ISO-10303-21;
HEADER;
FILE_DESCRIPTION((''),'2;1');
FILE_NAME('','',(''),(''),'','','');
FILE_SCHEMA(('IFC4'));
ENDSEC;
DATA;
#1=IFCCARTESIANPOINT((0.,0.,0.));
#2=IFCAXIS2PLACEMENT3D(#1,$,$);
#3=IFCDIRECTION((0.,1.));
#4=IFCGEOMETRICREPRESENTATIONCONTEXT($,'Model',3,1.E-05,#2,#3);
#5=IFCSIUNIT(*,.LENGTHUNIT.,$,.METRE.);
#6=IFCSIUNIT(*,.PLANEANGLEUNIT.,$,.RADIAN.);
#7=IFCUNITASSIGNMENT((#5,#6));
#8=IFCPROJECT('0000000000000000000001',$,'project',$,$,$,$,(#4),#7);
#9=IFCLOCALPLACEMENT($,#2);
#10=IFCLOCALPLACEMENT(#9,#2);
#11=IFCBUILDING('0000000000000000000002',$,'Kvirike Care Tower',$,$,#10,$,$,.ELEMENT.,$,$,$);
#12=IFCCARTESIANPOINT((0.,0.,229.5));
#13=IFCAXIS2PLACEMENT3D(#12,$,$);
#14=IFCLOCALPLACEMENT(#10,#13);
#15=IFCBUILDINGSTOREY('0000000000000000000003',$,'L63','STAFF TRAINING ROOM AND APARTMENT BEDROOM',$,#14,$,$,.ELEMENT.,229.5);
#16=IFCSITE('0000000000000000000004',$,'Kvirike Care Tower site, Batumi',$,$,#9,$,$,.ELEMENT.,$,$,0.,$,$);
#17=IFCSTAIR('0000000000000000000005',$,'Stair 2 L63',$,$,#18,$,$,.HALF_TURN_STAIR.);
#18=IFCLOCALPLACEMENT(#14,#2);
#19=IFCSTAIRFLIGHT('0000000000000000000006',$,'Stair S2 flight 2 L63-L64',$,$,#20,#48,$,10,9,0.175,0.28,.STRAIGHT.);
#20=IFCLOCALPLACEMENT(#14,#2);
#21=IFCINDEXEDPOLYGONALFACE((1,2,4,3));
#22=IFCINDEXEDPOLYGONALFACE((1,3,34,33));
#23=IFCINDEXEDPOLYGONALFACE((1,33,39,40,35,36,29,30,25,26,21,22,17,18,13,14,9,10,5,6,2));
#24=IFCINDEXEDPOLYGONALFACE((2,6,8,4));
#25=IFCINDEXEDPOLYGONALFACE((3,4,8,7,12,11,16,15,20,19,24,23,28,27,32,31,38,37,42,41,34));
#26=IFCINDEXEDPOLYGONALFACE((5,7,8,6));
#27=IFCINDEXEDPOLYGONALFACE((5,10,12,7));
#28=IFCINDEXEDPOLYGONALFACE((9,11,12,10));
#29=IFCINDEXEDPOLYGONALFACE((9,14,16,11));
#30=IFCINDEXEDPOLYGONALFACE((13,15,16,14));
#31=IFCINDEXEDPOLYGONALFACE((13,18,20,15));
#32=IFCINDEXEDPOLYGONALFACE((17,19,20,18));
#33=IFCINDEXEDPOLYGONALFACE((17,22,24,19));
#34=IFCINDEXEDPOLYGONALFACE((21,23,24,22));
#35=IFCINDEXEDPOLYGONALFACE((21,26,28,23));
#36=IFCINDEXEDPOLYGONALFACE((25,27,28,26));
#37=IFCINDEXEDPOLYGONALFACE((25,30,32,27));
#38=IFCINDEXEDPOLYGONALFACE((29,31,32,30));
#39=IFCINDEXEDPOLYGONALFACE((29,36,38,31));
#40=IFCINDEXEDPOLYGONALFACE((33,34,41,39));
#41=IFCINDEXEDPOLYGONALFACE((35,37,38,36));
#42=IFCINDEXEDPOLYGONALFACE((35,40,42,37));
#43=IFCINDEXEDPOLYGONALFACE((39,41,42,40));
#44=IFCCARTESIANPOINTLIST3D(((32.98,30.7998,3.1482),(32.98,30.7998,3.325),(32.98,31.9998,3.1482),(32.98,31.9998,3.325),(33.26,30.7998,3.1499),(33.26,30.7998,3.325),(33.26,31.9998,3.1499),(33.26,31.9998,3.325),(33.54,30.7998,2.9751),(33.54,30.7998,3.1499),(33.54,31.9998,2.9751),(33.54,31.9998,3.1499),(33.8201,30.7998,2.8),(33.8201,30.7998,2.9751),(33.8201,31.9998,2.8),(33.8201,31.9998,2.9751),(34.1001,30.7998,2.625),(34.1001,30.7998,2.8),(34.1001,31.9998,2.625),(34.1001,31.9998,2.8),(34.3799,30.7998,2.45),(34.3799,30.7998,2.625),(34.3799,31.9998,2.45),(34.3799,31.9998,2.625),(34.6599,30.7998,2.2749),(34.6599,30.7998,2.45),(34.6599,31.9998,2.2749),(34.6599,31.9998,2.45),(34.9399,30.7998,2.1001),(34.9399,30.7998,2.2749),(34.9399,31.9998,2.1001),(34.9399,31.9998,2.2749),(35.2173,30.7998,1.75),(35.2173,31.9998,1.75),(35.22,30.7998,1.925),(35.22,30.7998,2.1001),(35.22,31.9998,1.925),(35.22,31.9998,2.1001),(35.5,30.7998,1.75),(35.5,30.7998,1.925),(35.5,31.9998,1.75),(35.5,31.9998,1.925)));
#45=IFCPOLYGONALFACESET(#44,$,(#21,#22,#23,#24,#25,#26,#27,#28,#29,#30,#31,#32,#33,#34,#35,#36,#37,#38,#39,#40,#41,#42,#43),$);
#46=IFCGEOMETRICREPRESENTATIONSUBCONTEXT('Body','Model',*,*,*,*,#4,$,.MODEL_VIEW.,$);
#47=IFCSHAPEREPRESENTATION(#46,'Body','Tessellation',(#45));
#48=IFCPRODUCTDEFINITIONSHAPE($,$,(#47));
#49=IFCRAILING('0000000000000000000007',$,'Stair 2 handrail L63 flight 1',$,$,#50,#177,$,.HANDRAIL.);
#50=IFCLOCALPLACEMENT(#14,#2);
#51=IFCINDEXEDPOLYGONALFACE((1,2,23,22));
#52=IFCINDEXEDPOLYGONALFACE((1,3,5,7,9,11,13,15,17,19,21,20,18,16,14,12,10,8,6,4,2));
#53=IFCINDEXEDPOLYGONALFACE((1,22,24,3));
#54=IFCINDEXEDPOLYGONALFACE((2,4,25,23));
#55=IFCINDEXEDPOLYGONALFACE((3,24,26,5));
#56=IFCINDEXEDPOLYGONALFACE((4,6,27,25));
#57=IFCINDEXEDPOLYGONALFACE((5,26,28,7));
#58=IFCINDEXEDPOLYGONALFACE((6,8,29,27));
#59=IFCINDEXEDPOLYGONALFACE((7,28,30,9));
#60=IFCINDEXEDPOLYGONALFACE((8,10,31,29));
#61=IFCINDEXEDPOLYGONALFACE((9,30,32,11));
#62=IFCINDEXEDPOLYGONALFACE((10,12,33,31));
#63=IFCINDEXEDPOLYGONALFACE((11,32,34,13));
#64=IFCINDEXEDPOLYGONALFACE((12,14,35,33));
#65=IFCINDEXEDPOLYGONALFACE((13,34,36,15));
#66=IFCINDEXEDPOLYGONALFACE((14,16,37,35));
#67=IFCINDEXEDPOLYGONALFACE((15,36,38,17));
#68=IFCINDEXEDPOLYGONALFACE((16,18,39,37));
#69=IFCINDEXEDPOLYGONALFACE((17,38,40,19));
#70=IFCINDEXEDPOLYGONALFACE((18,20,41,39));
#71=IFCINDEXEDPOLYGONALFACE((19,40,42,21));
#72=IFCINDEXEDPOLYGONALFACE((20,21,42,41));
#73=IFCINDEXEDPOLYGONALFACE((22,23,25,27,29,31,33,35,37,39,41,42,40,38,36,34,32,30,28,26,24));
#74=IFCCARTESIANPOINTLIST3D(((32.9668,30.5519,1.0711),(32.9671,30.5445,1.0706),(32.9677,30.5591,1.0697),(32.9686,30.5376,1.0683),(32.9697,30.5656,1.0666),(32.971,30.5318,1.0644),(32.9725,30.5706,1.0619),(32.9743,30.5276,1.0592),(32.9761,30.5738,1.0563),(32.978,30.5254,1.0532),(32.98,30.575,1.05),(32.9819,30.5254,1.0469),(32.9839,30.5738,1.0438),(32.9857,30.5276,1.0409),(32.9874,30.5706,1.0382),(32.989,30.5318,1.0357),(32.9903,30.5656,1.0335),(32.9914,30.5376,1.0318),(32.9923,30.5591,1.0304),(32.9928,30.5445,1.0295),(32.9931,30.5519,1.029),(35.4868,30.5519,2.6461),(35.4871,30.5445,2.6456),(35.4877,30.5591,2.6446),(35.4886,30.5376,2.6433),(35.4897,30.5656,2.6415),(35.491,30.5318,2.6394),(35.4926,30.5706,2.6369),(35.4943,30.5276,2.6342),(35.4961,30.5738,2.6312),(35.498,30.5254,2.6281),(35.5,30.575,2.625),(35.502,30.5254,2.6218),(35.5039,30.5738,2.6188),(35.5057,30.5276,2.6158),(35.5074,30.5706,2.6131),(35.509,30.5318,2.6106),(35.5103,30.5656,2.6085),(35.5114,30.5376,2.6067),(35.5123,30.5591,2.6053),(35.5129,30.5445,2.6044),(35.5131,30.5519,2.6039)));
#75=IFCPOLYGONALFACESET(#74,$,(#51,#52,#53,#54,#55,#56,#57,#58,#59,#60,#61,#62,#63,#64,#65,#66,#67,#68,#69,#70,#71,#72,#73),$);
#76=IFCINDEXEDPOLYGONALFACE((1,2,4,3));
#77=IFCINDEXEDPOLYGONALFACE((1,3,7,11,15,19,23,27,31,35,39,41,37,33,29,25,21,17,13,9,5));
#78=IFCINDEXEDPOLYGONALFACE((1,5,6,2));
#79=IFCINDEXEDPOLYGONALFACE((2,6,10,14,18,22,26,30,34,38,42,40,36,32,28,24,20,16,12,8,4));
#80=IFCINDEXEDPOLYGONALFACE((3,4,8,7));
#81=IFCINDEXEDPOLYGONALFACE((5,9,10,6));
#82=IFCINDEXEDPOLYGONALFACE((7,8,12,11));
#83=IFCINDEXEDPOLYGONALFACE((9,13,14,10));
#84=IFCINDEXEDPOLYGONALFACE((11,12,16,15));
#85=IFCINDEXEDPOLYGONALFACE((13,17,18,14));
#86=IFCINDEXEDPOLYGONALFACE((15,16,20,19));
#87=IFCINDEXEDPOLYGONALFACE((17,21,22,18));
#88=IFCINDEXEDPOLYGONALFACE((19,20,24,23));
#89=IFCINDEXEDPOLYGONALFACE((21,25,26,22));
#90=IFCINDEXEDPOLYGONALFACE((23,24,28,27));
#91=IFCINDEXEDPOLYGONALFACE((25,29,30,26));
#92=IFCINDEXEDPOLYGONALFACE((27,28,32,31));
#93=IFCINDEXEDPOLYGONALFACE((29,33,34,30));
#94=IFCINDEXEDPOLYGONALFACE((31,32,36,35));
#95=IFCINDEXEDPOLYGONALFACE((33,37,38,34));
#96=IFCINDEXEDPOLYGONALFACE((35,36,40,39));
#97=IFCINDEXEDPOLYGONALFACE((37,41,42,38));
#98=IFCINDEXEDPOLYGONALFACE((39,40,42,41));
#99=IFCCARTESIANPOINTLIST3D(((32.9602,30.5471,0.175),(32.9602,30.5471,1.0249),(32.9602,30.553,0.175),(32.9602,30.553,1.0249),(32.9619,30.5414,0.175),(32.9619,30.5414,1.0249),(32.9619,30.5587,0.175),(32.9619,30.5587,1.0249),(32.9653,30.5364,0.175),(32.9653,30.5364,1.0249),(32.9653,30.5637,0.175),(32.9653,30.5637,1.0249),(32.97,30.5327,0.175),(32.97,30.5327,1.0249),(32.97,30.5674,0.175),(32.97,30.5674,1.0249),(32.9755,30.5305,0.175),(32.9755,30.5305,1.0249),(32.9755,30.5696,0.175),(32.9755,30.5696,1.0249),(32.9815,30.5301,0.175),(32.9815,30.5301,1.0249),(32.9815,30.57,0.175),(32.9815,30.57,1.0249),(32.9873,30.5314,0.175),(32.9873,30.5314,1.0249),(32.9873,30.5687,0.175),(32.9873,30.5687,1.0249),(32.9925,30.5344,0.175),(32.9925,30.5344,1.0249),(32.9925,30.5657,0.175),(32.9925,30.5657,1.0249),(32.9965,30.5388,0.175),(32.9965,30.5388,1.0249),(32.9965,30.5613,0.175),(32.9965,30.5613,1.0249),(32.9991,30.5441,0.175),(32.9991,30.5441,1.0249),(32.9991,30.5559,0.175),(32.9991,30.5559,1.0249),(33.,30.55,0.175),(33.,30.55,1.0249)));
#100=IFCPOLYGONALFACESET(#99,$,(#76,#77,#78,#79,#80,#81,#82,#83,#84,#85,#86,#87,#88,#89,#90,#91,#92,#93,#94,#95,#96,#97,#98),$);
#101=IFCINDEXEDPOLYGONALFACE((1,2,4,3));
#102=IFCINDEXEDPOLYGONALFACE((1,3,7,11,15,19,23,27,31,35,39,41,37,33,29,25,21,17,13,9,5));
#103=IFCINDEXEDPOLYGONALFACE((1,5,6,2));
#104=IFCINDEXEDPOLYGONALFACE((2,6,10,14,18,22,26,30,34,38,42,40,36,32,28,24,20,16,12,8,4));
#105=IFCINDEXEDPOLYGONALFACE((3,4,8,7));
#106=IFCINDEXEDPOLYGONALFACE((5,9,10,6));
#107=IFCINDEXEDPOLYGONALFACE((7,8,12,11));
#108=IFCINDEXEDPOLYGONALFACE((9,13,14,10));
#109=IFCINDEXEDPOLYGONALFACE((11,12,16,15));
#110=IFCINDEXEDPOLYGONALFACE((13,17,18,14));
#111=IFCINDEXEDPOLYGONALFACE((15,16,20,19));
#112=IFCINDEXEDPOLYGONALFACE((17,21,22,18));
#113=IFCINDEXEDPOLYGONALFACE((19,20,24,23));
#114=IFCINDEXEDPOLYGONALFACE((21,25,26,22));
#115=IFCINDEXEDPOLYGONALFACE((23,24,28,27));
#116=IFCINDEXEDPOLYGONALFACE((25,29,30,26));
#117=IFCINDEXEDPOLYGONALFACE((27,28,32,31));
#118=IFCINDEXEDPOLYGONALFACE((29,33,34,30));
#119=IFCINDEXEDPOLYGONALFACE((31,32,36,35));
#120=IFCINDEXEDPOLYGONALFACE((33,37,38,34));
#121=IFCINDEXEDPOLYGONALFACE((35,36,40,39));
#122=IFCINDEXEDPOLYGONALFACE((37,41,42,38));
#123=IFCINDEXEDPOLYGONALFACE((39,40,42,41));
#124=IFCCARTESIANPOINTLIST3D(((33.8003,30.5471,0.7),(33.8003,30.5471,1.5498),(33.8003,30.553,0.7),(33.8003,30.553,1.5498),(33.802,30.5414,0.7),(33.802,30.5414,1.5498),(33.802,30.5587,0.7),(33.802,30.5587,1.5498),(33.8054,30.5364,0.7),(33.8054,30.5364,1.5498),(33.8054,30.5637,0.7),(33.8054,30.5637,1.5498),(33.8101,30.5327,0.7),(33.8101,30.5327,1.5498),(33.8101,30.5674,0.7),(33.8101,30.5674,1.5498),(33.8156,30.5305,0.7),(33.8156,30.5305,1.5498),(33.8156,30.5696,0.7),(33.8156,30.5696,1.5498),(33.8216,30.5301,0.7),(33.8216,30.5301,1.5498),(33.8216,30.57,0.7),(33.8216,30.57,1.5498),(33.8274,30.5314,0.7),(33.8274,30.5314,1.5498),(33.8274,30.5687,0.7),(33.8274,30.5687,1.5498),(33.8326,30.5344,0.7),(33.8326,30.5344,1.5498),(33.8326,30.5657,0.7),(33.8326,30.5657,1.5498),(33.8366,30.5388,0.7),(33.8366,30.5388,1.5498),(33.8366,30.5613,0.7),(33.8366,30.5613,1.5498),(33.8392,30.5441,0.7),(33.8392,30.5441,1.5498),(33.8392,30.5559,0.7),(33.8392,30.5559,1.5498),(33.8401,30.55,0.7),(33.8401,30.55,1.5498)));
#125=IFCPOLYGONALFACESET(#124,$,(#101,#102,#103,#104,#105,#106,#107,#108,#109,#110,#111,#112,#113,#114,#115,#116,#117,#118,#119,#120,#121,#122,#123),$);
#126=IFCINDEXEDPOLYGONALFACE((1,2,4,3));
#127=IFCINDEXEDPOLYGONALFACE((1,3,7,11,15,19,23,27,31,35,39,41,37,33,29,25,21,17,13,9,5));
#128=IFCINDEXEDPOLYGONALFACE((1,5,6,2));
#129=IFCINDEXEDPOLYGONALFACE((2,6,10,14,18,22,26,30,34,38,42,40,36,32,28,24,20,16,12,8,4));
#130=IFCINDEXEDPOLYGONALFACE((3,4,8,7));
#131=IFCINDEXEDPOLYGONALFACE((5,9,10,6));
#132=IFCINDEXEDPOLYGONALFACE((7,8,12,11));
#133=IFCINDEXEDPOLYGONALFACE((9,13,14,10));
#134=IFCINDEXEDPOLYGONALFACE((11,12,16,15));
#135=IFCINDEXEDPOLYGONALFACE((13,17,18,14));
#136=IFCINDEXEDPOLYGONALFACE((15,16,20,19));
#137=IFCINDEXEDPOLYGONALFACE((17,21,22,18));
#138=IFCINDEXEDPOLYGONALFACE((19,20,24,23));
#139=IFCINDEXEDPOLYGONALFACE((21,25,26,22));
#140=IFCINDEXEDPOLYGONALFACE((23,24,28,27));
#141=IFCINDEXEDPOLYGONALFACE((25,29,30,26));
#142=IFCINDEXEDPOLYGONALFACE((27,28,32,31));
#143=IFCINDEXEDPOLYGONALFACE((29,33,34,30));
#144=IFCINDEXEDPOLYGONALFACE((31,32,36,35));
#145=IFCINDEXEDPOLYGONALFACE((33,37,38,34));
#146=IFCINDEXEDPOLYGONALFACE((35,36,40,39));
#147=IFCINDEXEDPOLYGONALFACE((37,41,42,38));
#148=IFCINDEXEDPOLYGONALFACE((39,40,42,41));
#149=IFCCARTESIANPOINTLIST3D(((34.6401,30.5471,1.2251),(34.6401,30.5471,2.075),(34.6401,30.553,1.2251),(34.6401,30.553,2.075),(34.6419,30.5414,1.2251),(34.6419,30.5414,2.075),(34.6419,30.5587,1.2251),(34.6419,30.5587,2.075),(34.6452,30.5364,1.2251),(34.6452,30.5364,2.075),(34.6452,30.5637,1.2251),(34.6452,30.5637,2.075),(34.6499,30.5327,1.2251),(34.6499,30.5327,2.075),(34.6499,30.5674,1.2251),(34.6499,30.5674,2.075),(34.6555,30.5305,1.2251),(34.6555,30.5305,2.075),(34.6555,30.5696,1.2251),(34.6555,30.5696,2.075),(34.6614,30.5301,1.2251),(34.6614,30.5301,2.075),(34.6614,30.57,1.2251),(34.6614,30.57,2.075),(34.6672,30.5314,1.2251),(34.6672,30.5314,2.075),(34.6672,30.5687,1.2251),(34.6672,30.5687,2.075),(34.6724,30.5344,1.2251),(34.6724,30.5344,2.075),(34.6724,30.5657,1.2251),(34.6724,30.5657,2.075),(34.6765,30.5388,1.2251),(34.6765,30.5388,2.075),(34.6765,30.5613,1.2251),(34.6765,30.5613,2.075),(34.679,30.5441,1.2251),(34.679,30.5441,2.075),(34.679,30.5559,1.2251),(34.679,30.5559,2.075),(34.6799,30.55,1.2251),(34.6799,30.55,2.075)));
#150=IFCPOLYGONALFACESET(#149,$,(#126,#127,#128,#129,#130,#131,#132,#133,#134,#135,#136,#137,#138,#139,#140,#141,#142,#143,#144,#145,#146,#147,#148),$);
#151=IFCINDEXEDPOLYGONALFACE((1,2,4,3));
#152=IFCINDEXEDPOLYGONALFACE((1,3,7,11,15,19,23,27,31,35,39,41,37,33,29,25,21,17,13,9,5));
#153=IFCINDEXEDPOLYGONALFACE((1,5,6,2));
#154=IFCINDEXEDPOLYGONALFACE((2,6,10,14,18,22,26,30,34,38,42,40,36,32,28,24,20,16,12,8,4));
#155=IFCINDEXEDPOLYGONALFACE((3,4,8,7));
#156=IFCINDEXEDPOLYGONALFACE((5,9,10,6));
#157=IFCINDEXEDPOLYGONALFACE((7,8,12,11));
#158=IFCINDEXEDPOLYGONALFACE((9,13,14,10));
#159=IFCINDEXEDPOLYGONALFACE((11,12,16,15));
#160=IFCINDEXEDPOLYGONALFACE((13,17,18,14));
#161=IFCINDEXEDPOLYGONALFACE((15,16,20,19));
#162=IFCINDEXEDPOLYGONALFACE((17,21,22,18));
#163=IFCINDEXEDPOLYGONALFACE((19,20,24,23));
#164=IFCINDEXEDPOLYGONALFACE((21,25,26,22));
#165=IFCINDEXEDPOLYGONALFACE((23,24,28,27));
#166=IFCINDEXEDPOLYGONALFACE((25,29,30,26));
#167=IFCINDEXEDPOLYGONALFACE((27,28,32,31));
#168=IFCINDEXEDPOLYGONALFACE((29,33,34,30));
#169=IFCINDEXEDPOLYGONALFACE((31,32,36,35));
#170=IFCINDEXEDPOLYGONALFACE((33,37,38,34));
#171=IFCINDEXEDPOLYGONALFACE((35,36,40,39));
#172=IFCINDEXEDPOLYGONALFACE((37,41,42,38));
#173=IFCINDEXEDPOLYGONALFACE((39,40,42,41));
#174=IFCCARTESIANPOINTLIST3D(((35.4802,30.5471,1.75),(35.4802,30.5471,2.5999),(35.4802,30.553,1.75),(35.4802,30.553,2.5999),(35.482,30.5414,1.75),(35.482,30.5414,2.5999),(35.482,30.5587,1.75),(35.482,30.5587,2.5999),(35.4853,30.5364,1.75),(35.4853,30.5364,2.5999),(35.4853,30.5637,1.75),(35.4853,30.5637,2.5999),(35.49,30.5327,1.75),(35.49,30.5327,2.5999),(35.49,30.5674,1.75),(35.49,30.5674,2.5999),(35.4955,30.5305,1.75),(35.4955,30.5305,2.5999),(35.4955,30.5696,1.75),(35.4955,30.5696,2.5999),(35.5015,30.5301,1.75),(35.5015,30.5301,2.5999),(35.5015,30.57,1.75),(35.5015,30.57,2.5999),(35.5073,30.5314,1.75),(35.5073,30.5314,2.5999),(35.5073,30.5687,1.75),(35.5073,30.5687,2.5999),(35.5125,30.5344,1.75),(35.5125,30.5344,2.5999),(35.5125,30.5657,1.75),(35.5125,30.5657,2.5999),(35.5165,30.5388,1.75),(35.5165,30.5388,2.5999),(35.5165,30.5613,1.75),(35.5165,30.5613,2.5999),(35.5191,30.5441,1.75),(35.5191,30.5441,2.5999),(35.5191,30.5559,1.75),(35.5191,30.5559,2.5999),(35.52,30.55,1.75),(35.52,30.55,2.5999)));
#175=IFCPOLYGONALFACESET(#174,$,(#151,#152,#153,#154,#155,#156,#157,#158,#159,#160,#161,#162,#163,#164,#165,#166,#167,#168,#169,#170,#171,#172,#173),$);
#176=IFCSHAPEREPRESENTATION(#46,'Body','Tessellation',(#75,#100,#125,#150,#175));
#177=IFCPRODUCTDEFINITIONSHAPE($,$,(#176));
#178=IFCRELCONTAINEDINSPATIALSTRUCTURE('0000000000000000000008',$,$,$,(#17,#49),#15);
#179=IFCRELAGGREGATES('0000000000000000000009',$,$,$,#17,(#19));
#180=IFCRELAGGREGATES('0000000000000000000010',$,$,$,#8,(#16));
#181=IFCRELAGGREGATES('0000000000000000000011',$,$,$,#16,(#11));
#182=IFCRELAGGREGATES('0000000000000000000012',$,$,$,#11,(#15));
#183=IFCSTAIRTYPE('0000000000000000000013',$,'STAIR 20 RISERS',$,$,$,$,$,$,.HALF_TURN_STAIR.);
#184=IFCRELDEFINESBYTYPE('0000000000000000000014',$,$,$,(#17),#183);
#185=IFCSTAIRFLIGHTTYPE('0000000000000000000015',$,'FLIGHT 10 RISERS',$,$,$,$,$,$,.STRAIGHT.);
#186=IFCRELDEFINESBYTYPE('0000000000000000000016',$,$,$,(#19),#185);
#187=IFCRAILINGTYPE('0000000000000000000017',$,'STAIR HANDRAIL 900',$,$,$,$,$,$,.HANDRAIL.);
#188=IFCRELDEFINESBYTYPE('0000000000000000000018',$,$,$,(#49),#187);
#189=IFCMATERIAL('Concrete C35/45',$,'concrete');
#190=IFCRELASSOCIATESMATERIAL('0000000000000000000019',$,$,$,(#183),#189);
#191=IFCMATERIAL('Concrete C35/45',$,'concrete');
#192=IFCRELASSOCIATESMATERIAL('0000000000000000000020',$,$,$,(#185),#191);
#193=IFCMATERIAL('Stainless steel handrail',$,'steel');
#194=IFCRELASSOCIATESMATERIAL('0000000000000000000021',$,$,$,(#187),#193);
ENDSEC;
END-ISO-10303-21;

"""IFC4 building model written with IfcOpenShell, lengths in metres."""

from ifc_helpers import new_model, si_unit, direction, frame, origin, origin_2d, place, context, subcontext, project, spatial, polyline, circle, outline, extrude, material, type_object, element, aggregate, save


model = new_model("IFC4")

# Units and contexts
model_context = context("Model", 3, precision=1e-05, world=origin(), true_north=direction((0.0, 1.0)))
body_context = subcontext(model_context, "Body", "Model", "MODEL_VIEW")
ifc_project = project(units=[si_unit("LENGTHUNIT", "METRE"), si_unit("PLANEANGLEUNIT", "RADIAN")], contexts=[model_context])

# Site, building, storey
site_placement = place(None, origin())
site = spatial("IfcSite", under=ifc_project, at=site_placement, Name="Kvirike Care Tower site, Batumi", CompositionType="ELEMENT", RefElevation=0.0)
building_placement = place(site_placement, origin())
building = spatial("IfcBuilding", under=site, at=building_placement, Name="Kvirike Care Tower", CompositionType="ELEMENT")
storey_placement = place(building_placement, frame((0.0, 0.0, 229.5)))
storey = spatial("IfcBuildingStorey", under=building, at=storey_placement, Name="L63", Description="STAFF TRAINING ROOM AND APARTMENT BEDROOM", CompositionType="ELEMENT", Elevation=229.5)

# Stair, stair flight
ifc_material_1 = material(Name="Concrete C35/45", Category="concrete")
stair_type = type_object("IfcStairType", Name="STAIR 20 RISERS", PredefinedType="HALF_TURN_STAIR", material=ifc_material_1)
stair_placement = place(storey_placement, origin())
stair = element("IfcStair", 1, at=stair_placement, inside=storey, type_object=stair_type, Name="Stair 2 L63", PredefinedType="HALF_TURN_STAIR")
ifc_material_2 = material(Name="Concrete C35/45", Category="concrete")
stair_flight_type = type_object("IfcStairFlightType", Name="FLIGHT 10 RISERS", PredefinedType="STRAIGHT", material=ifc_material_2)
stair_flight_1_placement = place(storey_placement, frame((35.5, 31.3999, 1.75), z_axis=(0.0, 0.0, 1.0), x_axis=(-1.0, 0.0, 0.0)))
stair_flight_1 = element("IfcStairFlight", 2, at=stair_flight_1_placement, type_object=stair_flight_type, Name="Stair S2 flight 2 L63-L64", NumberOfRisers=10, NumberOfTreads=9, PredefinedType="STRAIGHT", RiserHeight=0.175, TreadLength=0.28, context=body_context, shape_type="SweptSolid", body=[
    extrude(outline(polyline([(0.0, 0.0), (0.0, 0.175), (0.28, 0.175), (0.28, 0.3501), (0.5601, 0.3501), (0.5601, 0.5249), (0.8401, 0.5249), (0.8401, 0.7), (1.1201, 0.7), (1.1201, 0.875), (1.3999, 0.875), (1.3999, 1.05), (1.6799, 1.05), (1.6799, 1.2251), (1.96, 1.2251), (1.96, 1.3999), (2.24, 1.3999), (2.24, 1.575), (2.52, 1.575), (2.52, 1.75), (2.52, 1.3982), (0.2827, 0.0), (0.0, 0.0)])), frame((0.0, 0.6001, 0.0), z_axis=(0.0, -1.0, 0.0), x_axis=(1.0, 0.0, 0.0)), (0.0, 0.0, 1.0), 1.2),
])
aggregate(stair, [stair_flight_1])

# Railing
ifc_material_3 = material(Name="Stainless steel handrail", Category="steel")
railing_type = type_object("IfcRailingType", Name="STAIR HANDRAIL 900", PredefinedType="HANDRAIL", material=ifc_material_3)
railing_1_placement = place(storey_placement, frame((32.98, 30.55, 0.175)))
element("IfcRailing", 3, at=railing_1_placement, inside=storey, type_object=railing_type, Name="Stair 2 handrail L63 flight 1", PredefinedType="HANDRAIL", context=body_context, shape_type="SweptSolid", body=[
    extrude(circle(Radius=0.0249, at=origin_2d()), frame((0.0, 0.0, 0.875), z_axis=(0.848008, 0.0, 0.529984), x_axis=(0.0, 1.0, 0.0)), (0.0, 0.0, 1.0), 2.9717),
    extrude(circle(Radius=0.02, at=origin_2d()), origin(), (0.0, 0.0, 1.0), 0.8499),
    extrude(circle(Radius=0.02, at=origin_2d()), frame((0.8401, 0.0, 0.5249)), (0.0, 0.0, 1.0), 0.8499),
    extrude(circle(Radius=0.02, at=origin_2d()), frame((1.6799, 0.0, 1.05)), (0.0, 0.0, 1.0), 0.8499),
    extrude(circle(Radius=0.02, at=origin_2d()), frame((2.52, 0.0, 1.575)), (0.0, 0.0, 1.0), 0.8499),
])

save(model, "model.ifc")
